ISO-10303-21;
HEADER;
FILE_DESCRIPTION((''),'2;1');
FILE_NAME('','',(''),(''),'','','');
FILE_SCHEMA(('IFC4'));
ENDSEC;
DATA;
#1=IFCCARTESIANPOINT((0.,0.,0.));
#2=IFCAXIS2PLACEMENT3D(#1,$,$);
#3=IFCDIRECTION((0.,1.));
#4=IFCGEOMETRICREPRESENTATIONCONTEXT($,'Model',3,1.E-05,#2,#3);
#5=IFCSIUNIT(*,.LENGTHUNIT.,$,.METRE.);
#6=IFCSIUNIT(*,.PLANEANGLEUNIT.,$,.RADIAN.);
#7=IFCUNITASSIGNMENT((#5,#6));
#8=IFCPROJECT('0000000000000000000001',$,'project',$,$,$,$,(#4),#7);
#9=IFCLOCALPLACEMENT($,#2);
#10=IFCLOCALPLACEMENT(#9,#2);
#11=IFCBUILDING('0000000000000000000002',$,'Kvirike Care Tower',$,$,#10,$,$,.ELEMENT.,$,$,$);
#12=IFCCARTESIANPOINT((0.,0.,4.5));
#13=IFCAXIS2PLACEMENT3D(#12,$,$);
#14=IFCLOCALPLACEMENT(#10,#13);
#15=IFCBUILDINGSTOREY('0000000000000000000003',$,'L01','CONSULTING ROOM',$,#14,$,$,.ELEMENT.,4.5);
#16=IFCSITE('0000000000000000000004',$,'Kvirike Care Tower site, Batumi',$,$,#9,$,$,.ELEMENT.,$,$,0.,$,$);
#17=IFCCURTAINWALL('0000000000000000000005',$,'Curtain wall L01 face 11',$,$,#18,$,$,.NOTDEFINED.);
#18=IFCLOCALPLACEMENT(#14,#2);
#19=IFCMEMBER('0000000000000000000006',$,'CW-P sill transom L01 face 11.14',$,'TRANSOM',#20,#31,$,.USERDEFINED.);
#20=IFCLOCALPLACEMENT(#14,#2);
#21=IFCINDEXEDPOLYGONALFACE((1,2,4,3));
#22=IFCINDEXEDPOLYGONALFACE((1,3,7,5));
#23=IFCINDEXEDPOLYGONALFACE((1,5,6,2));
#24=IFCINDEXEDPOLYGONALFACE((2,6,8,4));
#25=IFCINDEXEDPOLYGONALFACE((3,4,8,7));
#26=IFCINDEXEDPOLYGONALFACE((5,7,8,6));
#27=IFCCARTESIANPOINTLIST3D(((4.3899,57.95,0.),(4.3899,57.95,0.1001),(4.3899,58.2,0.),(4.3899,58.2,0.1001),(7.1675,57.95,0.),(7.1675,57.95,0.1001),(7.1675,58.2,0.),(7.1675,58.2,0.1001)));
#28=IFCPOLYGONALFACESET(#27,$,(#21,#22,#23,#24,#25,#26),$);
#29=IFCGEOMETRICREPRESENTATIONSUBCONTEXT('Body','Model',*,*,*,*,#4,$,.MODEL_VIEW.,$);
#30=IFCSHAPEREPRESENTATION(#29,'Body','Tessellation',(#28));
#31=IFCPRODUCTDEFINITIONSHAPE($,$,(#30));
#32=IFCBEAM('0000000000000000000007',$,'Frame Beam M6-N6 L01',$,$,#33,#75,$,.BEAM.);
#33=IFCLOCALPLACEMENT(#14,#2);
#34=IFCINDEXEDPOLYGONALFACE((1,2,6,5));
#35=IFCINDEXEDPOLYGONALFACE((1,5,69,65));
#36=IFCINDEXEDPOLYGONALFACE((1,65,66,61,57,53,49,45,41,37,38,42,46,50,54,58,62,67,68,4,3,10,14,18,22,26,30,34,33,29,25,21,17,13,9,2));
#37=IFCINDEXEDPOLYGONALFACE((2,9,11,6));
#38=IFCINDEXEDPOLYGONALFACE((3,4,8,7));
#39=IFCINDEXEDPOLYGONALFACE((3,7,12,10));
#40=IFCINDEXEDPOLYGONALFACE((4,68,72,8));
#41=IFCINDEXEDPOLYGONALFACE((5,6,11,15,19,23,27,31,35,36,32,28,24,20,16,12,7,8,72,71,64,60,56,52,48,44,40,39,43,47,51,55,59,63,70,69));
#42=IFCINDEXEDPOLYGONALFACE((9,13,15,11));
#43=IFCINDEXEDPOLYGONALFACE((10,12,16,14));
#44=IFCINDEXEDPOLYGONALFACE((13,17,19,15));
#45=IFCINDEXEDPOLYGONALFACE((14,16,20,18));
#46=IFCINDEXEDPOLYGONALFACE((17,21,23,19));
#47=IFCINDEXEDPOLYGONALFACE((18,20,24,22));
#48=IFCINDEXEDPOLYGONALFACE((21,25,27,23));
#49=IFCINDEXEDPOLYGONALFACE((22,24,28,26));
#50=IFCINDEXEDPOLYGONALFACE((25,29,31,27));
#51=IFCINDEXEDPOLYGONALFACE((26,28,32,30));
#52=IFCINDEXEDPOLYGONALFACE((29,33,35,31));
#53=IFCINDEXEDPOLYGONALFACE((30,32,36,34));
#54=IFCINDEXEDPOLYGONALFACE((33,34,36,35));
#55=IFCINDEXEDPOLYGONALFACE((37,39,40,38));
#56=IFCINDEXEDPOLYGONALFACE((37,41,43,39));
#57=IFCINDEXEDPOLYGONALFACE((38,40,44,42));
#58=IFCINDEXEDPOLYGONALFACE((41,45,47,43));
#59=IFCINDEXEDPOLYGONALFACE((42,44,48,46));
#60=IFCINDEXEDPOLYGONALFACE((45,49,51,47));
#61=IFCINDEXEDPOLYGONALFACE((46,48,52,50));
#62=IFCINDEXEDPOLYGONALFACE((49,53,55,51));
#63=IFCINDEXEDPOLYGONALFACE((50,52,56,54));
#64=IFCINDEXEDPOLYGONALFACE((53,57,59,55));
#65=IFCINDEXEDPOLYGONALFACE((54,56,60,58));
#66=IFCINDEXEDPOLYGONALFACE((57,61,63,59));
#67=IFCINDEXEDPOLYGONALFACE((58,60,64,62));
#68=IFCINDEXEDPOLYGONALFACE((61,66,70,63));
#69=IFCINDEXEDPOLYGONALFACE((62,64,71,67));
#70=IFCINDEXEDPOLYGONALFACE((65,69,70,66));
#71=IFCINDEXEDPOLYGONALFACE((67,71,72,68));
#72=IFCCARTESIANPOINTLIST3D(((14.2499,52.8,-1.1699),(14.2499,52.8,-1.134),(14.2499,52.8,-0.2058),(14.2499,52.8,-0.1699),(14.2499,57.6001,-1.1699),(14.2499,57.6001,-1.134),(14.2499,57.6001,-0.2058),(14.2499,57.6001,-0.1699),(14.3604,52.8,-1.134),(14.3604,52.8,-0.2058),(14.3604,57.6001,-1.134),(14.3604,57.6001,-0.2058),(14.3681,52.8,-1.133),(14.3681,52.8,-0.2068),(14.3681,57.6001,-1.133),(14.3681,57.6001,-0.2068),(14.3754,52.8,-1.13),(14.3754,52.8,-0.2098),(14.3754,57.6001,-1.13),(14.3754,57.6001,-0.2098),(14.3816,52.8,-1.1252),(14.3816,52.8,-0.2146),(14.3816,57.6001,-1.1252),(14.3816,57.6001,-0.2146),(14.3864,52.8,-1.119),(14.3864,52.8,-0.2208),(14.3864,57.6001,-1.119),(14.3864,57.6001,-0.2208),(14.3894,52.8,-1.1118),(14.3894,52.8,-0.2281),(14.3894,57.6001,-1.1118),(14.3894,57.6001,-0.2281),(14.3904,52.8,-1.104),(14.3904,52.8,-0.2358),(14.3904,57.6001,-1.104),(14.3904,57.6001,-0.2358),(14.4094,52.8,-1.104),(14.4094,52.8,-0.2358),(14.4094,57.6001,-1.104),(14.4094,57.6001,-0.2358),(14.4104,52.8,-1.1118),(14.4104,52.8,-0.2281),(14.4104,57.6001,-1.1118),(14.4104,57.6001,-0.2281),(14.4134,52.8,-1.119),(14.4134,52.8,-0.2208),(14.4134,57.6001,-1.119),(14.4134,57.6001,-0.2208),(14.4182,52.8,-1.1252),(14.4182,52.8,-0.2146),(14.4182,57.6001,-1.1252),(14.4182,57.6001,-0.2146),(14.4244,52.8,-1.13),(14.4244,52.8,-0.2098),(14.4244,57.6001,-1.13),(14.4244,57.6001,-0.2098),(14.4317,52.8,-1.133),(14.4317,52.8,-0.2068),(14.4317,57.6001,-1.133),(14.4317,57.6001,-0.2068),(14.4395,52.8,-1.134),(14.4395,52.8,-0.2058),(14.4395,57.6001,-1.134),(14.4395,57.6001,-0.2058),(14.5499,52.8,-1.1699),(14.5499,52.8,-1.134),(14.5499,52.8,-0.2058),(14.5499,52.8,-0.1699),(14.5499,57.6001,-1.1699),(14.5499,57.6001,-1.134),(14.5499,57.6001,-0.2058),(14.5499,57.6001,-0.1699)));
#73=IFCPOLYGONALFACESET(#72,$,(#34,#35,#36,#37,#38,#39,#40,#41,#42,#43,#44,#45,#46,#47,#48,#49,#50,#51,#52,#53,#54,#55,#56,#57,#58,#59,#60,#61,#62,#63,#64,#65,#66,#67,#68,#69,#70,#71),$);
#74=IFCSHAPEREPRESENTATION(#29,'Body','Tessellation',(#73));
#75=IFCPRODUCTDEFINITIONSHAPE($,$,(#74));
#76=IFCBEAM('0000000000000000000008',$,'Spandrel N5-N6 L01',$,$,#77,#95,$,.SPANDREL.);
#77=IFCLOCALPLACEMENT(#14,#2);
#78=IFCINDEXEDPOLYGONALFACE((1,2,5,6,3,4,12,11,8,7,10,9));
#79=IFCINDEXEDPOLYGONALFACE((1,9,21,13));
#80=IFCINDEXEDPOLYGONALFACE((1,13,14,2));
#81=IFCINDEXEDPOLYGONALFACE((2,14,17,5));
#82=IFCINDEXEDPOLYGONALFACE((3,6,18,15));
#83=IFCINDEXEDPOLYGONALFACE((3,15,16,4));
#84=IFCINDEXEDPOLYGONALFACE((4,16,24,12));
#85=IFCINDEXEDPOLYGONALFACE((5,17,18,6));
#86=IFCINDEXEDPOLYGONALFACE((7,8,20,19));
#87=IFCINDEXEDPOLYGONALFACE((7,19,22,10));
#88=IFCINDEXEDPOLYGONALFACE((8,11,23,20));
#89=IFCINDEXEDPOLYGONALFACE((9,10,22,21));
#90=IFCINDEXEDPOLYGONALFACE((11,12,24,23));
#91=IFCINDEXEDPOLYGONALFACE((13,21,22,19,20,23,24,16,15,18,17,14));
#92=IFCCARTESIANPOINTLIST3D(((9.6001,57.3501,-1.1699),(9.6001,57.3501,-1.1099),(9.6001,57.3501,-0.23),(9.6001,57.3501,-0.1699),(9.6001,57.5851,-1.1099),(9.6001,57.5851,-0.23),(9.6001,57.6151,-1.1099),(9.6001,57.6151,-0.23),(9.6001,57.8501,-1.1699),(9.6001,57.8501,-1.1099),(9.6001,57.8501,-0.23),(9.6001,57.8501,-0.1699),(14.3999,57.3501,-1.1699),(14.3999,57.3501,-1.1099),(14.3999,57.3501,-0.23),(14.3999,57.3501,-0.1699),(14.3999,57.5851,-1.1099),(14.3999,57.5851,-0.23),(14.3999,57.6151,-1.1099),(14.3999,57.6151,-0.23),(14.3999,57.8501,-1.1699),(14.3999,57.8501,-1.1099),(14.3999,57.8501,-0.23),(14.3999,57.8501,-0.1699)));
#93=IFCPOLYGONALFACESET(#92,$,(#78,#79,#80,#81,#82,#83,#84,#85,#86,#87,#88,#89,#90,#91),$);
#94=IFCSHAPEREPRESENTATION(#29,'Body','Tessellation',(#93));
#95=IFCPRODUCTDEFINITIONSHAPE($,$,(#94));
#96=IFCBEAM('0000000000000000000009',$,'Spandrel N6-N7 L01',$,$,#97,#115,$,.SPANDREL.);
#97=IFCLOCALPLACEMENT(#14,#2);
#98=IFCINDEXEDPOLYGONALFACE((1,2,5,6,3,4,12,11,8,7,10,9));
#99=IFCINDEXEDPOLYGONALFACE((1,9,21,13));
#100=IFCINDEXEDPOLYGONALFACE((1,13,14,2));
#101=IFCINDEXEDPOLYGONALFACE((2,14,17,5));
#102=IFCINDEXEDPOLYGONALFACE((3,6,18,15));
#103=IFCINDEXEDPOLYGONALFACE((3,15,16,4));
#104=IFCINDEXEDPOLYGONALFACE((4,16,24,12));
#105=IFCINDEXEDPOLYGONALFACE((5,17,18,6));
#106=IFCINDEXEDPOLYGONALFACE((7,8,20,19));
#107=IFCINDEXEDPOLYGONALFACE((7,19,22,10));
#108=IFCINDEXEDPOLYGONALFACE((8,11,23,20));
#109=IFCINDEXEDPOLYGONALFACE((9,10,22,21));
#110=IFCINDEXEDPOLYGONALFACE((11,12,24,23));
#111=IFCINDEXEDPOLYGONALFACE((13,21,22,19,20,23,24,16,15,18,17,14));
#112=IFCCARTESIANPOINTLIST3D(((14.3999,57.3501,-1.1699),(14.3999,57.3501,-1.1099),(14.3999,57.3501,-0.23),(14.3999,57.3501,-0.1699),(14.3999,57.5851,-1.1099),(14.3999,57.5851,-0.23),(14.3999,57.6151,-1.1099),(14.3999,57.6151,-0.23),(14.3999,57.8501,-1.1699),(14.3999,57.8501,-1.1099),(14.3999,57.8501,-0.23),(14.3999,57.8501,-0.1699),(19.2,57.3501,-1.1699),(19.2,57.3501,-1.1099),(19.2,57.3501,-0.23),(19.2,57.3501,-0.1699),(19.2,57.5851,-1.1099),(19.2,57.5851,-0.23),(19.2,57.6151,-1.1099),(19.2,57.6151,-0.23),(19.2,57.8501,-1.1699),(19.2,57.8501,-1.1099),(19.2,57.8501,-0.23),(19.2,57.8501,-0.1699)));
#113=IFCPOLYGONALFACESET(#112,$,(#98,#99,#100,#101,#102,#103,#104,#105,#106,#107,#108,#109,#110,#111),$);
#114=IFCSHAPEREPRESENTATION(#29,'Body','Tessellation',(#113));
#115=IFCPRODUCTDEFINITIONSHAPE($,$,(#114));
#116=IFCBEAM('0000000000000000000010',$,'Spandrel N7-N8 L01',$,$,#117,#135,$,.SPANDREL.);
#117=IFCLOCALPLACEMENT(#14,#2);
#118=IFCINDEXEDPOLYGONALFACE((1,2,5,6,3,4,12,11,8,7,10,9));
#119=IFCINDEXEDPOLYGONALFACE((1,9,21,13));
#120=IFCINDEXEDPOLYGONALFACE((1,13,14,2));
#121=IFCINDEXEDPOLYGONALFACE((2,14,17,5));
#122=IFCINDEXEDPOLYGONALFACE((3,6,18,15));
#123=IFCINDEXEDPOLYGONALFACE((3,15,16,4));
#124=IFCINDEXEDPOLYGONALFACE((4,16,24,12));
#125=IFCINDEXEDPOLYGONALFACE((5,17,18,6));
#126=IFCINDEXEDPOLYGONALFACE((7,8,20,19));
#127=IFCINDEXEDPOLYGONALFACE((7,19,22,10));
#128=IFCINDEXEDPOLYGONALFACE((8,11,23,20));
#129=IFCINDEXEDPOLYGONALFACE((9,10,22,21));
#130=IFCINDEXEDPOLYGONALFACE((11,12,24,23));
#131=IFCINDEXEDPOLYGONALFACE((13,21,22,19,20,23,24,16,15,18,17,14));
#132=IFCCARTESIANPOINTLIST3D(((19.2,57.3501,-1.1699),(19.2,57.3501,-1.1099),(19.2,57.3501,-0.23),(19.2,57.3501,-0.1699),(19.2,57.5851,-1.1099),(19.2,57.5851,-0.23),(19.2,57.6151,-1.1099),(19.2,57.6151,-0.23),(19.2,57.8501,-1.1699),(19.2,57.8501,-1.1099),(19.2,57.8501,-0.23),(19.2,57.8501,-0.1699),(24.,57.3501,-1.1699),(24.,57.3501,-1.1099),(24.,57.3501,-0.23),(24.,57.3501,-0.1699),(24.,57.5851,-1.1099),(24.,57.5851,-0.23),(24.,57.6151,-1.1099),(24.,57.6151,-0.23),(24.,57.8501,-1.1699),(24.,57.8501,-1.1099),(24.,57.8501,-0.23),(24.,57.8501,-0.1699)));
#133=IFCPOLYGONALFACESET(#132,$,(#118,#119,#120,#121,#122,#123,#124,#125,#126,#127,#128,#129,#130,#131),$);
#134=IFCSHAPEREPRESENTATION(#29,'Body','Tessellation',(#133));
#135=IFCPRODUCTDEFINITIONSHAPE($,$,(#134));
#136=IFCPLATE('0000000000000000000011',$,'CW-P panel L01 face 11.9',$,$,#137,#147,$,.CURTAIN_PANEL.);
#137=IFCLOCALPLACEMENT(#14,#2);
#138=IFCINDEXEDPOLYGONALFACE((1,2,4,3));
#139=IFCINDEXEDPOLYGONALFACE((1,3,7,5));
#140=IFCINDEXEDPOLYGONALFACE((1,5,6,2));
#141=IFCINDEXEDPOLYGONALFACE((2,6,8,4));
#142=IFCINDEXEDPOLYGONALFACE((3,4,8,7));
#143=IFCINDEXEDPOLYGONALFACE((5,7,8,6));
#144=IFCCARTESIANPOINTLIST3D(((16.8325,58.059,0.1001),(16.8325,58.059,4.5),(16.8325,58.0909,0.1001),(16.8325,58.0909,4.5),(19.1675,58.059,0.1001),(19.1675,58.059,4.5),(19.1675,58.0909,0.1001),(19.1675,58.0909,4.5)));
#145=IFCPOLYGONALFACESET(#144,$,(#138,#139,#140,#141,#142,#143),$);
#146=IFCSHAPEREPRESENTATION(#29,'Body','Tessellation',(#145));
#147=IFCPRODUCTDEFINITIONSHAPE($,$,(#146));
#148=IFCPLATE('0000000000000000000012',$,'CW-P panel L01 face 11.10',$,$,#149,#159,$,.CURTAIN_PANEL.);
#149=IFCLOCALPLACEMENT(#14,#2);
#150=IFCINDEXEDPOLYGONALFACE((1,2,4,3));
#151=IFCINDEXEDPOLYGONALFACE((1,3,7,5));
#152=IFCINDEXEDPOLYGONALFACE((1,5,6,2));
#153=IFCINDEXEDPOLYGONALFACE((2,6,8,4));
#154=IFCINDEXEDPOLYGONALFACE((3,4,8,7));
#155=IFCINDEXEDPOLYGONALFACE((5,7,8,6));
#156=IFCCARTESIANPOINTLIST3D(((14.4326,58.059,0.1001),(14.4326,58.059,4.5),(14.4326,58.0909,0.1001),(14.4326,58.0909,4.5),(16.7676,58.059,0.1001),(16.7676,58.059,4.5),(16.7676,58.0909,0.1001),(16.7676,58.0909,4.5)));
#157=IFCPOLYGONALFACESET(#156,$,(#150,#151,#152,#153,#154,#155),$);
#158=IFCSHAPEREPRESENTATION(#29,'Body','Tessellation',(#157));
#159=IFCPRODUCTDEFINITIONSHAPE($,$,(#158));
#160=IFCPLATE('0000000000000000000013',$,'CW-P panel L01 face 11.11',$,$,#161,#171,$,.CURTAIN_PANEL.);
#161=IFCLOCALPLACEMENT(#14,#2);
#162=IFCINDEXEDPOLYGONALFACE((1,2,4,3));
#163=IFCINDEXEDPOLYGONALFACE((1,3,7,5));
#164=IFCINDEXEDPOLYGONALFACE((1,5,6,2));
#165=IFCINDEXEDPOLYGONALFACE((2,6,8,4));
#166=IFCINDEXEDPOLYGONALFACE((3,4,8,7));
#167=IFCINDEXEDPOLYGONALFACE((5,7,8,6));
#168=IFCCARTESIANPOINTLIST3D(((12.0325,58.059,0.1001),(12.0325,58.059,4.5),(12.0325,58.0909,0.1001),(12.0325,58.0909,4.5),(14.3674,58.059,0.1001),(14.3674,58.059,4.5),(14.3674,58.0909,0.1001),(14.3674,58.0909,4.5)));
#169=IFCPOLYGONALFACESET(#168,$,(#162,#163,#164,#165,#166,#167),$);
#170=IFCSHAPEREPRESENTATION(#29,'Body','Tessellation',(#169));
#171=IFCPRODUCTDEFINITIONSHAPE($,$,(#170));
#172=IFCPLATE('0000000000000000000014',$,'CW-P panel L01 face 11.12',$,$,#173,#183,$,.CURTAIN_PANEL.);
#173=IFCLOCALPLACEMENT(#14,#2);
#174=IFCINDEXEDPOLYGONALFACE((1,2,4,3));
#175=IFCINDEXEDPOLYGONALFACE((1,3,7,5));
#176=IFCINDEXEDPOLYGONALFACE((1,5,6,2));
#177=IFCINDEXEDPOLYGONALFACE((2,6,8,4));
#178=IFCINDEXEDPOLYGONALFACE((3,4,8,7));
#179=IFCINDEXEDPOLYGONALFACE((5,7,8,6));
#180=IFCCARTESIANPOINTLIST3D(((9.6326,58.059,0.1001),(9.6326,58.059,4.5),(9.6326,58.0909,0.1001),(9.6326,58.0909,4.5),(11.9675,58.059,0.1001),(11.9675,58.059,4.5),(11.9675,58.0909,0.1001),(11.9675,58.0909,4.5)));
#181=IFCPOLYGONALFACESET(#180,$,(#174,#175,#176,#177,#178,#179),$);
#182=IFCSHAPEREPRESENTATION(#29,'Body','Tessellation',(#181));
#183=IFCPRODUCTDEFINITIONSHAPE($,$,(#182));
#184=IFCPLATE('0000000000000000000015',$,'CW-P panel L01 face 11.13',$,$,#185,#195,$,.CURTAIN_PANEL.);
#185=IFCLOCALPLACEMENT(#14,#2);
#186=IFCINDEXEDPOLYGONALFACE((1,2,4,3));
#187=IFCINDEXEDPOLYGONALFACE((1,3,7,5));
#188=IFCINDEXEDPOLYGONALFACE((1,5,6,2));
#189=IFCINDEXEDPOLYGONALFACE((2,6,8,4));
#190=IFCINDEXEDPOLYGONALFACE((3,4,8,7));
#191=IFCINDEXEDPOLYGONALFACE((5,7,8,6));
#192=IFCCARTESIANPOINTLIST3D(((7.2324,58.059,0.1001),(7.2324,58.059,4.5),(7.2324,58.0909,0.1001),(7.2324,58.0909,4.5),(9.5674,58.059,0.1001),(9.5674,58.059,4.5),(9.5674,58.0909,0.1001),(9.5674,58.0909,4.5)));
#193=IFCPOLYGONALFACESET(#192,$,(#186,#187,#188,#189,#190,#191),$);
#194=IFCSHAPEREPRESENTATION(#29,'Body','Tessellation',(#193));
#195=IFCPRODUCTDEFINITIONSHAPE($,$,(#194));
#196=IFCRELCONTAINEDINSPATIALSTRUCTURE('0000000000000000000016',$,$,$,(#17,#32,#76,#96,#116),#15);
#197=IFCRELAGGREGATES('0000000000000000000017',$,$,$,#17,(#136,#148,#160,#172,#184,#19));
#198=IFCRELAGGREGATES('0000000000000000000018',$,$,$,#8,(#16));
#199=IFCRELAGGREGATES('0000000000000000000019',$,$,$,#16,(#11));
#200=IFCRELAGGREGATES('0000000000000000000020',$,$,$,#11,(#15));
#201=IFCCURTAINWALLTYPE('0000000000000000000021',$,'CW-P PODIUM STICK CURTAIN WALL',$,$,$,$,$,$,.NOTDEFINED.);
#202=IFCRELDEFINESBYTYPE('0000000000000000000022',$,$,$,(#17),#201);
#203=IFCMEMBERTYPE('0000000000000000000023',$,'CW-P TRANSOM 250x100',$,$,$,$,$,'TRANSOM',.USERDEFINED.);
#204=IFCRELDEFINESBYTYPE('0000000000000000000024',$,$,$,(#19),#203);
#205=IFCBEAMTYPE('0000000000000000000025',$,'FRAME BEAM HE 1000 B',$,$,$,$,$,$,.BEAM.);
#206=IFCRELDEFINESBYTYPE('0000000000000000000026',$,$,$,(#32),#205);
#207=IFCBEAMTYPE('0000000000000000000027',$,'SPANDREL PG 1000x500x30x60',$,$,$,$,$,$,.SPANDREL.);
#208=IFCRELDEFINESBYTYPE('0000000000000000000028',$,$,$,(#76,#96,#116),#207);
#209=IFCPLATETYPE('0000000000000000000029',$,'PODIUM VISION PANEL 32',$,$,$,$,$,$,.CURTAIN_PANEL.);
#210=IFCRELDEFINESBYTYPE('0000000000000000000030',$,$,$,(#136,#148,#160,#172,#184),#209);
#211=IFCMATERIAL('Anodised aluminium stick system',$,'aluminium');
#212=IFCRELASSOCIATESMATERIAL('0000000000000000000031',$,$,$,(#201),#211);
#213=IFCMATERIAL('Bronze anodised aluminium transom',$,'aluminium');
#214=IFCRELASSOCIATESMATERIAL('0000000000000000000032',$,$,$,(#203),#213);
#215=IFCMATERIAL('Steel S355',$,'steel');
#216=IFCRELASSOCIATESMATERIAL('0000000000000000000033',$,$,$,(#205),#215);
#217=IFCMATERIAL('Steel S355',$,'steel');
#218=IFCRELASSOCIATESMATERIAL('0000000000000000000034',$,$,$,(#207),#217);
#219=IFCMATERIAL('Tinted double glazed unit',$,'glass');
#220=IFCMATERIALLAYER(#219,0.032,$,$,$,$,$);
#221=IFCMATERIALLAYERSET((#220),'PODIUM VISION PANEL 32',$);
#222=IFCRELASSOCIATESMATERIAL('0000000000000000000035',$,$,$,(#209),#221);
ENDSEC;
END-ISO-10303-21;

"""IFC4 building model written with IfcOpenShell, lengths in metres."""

from ifc_helpers import new_model, si_unit, direction, frame, origin, origin_2d, place, context, subcontext, project, spatial, rectangle, i_section, extrude, material, layer, layer_set, material_profile, profile_set, type_object, element, aggregate, save


model = new_model("IFC4")

# Units and contexts
model_context = context("Model", 3, precision=1e-05, world=origin(), true_north=direction((0.0, 1.0)))
body_context = subcontext(model_context, "Body", "Model", "MODEL_VIEW")
ifc_project = project(units=[si_unit("LENGTHUNIT", "METRE"), si_unit("PLANEANGLEUNIT", "RADIAN")], contexts=[model_context])

# Site, building, storey
site_placement = place(None, origin())
site = spatial("IfcSite", under=ifc_project, at=site_placement, Name="Kvirike Care Tower site, Batumi", CompositionType="ELEMENT", RefElevation=0.0)
building_placement = place(site_placement, origin())
building = spatial("IfcBuilding", under=site, at=building_placement, Name="Kvirike Care Tower", CompositionType="ELEMENT")
storey_placement = place(building_placement, frame((0.0, 0.0, 4.5)))
storey = spatial("IfcBuildingStorey", under=building, at=storey_placement, Name="L01", Description="CONSULTING ROOM", CompositionType="ELEMENT", Elevation=4.5)

# Curtain wall, member
ifc_material_1 = material(Name="Anodised aluminium stick system", Category="aluminium")
curtain_wall_type = type_object("IfcCurtainWallType", Name="CW-P PODIUM STICK CURTAIN WALL", PredefinedType="NOTDEFINED", material=ifc_material_1)
curtain_wall_placement = place(storey_placement, origin())
curtain_wall = element("IfcCurtainWall", 1, at=curtain_wall_placement, inside=storey, type_object=curtain_wall_type, Name="Curtain wall L01 face 11", PredefinedType="NOTDEFINED")
ifc_material_2 = material(Name="Bronze anodised aluminium transom", Category="aluminium")
ifc_material_profile_1 = material_profile(ifc_material_2, rectangle(XDim=0.25, YDim=0.1001, at=origin_2d()), Name="CW-P TRANSOM 250x100")
ifc_profile_set_1 = profile_set([ifc_material_profile_1], Name="Bronze anodised aluminium transom")
member_type_1 = type_object("IfcMemberType", Name="CW-P TRANSOM 250x100", ElementType="TRANSOM", PredefinedType="USERDEFINED", material=ifc_profile_set_1)
member_1_placement = place(storey_placement, frame((7.1675, 58.075, 0.05), z_axis=(-1.0, 0.0, 0.0), x_axis=(0.0, -1.0, 0.0)))
member_1 = element("IfcMember", 2, at=member_1_placement, type_object=member_type_1, Name="CW-P sill transom L01 face 11.14", ObjectType="TRANSOM", PredefinedType="USERDEFINED", context=body_context, shape_type="SweptSolid", body=[
    extrude(rectangle(XDim=0.25, YDim=0.1001, at=origin_2d()), origin(), (0.0, 0.0, 1.0), 2.7776),
])

# Beams
ifc_material_3 = material(Name="Steel S355", Category="steel")
ifc_material_profile_2 = material_profile(ifc_material_3, i_section(OverallWidth=0.3, OverallDepth=1.0, WebThickness=0.019, FlangeThickness=0.0359, FilletRadius=0.03, at=origin_2d()), Name="HE 1000 B")
ifc_profile_set_2 = profile_set([ifc_material_profile_2], Name="Steel S355")
beam_type_1 = type_object("IfcBeamType", Name="FRAME BEAM HE 1000 B", PredefinedType="BEAM", material=ifc_profile_set_2)
beam_1_placement = place(storey_placement, frame((14.3999, 52.8, -0.6699), z_axis=(0.0, 1.0, 0.0), x_axis=(-1.0, 0.0, 0.0)))
element("IfcBeam", 3, at=beam_1_placement, inside=storey, type_object=beam_type_1, Name="Frame Beam M6-N6 L01", PredefinedType="BEAM", context=body_context, shape_type="SweptSolid", body=[
    extrude(i_section(OverallWidth=0.3, OverallDepth=1.0, WebThickness=0.019, FlangeThickness=0.0359, FilletRadius=0.03, at=origin_2d()), origin(), (0.0, 0.0, 1.0), 4.8),
])
ifc_material_4 = material(Name="Steel S355", Category="steel")
ifc_material_profile_3 = material_profile(ifc_material_4, i_section(OverallWidth=0.5, OverallDepth=1.0, WebThickness=0.03, FlangeThickness=0.0601, at=origin_2d()), Name="PG 1000x500x30x60")
ifc_profile_set_3 = profile_set([ifc_material_profile_3], Name="Steel S355")
beam_type_2 = type_object("IfcBeamType", Name="SPANDREL PG 1000x500x30x60", PredefinedType="SPANDREL", material=ifc_profile_set_3)
beam_2_placement = place(storey_placement, frame((9.6001, 57.6001, -0.6699), z_axis=(1.0, 0.0, 0.0), x_axis=(0.0, 1.0, 0.0)))
element("IfcBeam", 4, at=beam_2_placement, inside=storey, type_object=beam_type_2, Name="Spandrel N5-N6 L01", PredefinedType="SPANDREL", context=body_context, shape_type="SweptSolid", body=[
    extrude(i_section(OverallWidth=0.5, OverallDepth=1.0, WebThickness=0.03, FlangeThickness=0.0601, at=origin_2d()), origin(), (0.0, 0.0, 1.0), 4.7998),
])
for number, where, z_axis, x_axis, name in (
    (5, (14.3999, 57.6001, -0.6699), (1.0, 0.0, 0.0), (0.0, 1.0, 0.0), "Spandrel N6-N7 L01"),
    (6, (19.2, 57.6001, -0.6699), (1.0, 0.0, 0.0), (0.0, 1.0, 0.0), "Spandrel N7-N8 L01"),
):
    element("IfcBeam", number, at=place(storey_placement, frame(where, z_axis=z_axis, x_axis=x_axis)), inside=storey, type_object=beam_type_2, Name=name, PredefinedType="SPANDREL", context=body_context, shape_type="SweptSolid", body=[
        extrude(i_section(OverallWidth=0.5, OverallDepth=1.0, WebThickness=0.03, FlangeThickness=0.0601, at=origin_2d()), origin(), (0.0, 0.0, 1.0), 4.8),
    ])

# Plates
ifc_material_5 = material(Name="Tinted double glazed unit", Category="glass")
ifc_layer_1 = layer(ifc_material_5, 0.032)
ifc_layer_set_1 = layer_set([ifc_layer_1], Name="PODIUM VISION PANEL 32")
plate_type = type_object("IfcPlateType", Name="PODIUM VISION PANEL 32", PredefinedType="CURTAIN_PANEL", material=ifc_layer_set_1)
plate_1_placement = place(storey_placement, frame((18.0, 58.075, 0.1001), z_axis=(0.0, 0.0, 1.0), x_axis=(-1.0, 0.0, 0.0)))
plate_1 = element("IfcPlate", 7, at=plate_1_placement, type_object=plate_type, Name="CW-P panel L01 face 11.9", PredefinedType="CURTAIN_PANEL", context=body_context, shape_type="SweptSolid", body=[
    extrude(rectangle(XDim=2.335, YDim=0.032, at=origin_2d()), origin(), (0.0, 0.0, 1.0), 4.3999),
])
plate_2_placement = place(storey_placement, frame((15.6001, 58.075, 0.1001), z_axis=(0.0, 0.0, 1.0), x_axis=(-1.0, 0.0, 0.0)))
plate_2 = element("IfcPlate", 8, at=plate_2_placement, type_object=plate_type, Name="CW-P panel L01 face 11.10", PredefinedType="CURTAIN_PANEL", context=body_context, shape_type="SweptSolid", body=[
    extrude(rectangle(XDim=2.335, YDim=0.032, at=origin_2d()), origin(), (0.0, 0.0, 1.0), 4.3999),
])
plate_3_placement = place(storey_placement, frame((13.2, 58.075, 0.1001), z_axis=(0.0, 0.0, 1.0), x_axis=(-1.0, 0.0, 0.0)))
plate_3 = element("IfcPlate", 9, at=plate_3_placement, type_object=plate_type, Name="CW-P panel L01 face 11.11", PredefinedType="CURTAIN_PANEL", context=body_context, shape_type="SweptSolid", body=[
    extrude(rectangle(XDim=2.335, YDim=0.032, at=origin_2d()), origin(), (0.0, 0.0, 1.0), 4.3999),
])
plate_4_placement = place(storey_placement, frame((10.8, 58.075, 0.1001), z_axis=(0.0, 0.0, 1.0), x_axis=(-1.0, 0.0, 0.0)))
plate_4 = element("IfcPlate", 10, at=plate_4_placement, type_object=plate_type, Name="CW-P panel L01 face 11.12", PredefinedType="CURTAIN_PANEL", context=body_context, shape_type="SweptSolid", body=[
    extrude(rectangle(XDim=2.335, YDim=0.032, at=origin_2d()), origin(), (0.0, 0.0, 1.0), 4.3999),
])
plate_5_placement = place(storey_placement, frame((8.3999, 58.075, 0.1001), z_axis=(0.0, 0.0, 1.0), x_axis=(-1.0, 0.0, 0.0)))
plate_5 = element("IfcPlate", 11, at=plate_5_placement, type_object=plate_type, Name="CW-P panel L01 face 11.13", PredefinedType="CURTAIN_PANEL", context=body_context, shape_type="SweptSolid", body=[
    extrude(rectangle(XDim=2.335, YDim=0.032, at=origin_2d()), origin(), (0.0, 0.0, 1.0), 4.3999),
])
aggregate(curtain_wall, [plate_1, plate_2, plate_3, plate_4, plate_5, member_1])

save(model, "model.ifc")
